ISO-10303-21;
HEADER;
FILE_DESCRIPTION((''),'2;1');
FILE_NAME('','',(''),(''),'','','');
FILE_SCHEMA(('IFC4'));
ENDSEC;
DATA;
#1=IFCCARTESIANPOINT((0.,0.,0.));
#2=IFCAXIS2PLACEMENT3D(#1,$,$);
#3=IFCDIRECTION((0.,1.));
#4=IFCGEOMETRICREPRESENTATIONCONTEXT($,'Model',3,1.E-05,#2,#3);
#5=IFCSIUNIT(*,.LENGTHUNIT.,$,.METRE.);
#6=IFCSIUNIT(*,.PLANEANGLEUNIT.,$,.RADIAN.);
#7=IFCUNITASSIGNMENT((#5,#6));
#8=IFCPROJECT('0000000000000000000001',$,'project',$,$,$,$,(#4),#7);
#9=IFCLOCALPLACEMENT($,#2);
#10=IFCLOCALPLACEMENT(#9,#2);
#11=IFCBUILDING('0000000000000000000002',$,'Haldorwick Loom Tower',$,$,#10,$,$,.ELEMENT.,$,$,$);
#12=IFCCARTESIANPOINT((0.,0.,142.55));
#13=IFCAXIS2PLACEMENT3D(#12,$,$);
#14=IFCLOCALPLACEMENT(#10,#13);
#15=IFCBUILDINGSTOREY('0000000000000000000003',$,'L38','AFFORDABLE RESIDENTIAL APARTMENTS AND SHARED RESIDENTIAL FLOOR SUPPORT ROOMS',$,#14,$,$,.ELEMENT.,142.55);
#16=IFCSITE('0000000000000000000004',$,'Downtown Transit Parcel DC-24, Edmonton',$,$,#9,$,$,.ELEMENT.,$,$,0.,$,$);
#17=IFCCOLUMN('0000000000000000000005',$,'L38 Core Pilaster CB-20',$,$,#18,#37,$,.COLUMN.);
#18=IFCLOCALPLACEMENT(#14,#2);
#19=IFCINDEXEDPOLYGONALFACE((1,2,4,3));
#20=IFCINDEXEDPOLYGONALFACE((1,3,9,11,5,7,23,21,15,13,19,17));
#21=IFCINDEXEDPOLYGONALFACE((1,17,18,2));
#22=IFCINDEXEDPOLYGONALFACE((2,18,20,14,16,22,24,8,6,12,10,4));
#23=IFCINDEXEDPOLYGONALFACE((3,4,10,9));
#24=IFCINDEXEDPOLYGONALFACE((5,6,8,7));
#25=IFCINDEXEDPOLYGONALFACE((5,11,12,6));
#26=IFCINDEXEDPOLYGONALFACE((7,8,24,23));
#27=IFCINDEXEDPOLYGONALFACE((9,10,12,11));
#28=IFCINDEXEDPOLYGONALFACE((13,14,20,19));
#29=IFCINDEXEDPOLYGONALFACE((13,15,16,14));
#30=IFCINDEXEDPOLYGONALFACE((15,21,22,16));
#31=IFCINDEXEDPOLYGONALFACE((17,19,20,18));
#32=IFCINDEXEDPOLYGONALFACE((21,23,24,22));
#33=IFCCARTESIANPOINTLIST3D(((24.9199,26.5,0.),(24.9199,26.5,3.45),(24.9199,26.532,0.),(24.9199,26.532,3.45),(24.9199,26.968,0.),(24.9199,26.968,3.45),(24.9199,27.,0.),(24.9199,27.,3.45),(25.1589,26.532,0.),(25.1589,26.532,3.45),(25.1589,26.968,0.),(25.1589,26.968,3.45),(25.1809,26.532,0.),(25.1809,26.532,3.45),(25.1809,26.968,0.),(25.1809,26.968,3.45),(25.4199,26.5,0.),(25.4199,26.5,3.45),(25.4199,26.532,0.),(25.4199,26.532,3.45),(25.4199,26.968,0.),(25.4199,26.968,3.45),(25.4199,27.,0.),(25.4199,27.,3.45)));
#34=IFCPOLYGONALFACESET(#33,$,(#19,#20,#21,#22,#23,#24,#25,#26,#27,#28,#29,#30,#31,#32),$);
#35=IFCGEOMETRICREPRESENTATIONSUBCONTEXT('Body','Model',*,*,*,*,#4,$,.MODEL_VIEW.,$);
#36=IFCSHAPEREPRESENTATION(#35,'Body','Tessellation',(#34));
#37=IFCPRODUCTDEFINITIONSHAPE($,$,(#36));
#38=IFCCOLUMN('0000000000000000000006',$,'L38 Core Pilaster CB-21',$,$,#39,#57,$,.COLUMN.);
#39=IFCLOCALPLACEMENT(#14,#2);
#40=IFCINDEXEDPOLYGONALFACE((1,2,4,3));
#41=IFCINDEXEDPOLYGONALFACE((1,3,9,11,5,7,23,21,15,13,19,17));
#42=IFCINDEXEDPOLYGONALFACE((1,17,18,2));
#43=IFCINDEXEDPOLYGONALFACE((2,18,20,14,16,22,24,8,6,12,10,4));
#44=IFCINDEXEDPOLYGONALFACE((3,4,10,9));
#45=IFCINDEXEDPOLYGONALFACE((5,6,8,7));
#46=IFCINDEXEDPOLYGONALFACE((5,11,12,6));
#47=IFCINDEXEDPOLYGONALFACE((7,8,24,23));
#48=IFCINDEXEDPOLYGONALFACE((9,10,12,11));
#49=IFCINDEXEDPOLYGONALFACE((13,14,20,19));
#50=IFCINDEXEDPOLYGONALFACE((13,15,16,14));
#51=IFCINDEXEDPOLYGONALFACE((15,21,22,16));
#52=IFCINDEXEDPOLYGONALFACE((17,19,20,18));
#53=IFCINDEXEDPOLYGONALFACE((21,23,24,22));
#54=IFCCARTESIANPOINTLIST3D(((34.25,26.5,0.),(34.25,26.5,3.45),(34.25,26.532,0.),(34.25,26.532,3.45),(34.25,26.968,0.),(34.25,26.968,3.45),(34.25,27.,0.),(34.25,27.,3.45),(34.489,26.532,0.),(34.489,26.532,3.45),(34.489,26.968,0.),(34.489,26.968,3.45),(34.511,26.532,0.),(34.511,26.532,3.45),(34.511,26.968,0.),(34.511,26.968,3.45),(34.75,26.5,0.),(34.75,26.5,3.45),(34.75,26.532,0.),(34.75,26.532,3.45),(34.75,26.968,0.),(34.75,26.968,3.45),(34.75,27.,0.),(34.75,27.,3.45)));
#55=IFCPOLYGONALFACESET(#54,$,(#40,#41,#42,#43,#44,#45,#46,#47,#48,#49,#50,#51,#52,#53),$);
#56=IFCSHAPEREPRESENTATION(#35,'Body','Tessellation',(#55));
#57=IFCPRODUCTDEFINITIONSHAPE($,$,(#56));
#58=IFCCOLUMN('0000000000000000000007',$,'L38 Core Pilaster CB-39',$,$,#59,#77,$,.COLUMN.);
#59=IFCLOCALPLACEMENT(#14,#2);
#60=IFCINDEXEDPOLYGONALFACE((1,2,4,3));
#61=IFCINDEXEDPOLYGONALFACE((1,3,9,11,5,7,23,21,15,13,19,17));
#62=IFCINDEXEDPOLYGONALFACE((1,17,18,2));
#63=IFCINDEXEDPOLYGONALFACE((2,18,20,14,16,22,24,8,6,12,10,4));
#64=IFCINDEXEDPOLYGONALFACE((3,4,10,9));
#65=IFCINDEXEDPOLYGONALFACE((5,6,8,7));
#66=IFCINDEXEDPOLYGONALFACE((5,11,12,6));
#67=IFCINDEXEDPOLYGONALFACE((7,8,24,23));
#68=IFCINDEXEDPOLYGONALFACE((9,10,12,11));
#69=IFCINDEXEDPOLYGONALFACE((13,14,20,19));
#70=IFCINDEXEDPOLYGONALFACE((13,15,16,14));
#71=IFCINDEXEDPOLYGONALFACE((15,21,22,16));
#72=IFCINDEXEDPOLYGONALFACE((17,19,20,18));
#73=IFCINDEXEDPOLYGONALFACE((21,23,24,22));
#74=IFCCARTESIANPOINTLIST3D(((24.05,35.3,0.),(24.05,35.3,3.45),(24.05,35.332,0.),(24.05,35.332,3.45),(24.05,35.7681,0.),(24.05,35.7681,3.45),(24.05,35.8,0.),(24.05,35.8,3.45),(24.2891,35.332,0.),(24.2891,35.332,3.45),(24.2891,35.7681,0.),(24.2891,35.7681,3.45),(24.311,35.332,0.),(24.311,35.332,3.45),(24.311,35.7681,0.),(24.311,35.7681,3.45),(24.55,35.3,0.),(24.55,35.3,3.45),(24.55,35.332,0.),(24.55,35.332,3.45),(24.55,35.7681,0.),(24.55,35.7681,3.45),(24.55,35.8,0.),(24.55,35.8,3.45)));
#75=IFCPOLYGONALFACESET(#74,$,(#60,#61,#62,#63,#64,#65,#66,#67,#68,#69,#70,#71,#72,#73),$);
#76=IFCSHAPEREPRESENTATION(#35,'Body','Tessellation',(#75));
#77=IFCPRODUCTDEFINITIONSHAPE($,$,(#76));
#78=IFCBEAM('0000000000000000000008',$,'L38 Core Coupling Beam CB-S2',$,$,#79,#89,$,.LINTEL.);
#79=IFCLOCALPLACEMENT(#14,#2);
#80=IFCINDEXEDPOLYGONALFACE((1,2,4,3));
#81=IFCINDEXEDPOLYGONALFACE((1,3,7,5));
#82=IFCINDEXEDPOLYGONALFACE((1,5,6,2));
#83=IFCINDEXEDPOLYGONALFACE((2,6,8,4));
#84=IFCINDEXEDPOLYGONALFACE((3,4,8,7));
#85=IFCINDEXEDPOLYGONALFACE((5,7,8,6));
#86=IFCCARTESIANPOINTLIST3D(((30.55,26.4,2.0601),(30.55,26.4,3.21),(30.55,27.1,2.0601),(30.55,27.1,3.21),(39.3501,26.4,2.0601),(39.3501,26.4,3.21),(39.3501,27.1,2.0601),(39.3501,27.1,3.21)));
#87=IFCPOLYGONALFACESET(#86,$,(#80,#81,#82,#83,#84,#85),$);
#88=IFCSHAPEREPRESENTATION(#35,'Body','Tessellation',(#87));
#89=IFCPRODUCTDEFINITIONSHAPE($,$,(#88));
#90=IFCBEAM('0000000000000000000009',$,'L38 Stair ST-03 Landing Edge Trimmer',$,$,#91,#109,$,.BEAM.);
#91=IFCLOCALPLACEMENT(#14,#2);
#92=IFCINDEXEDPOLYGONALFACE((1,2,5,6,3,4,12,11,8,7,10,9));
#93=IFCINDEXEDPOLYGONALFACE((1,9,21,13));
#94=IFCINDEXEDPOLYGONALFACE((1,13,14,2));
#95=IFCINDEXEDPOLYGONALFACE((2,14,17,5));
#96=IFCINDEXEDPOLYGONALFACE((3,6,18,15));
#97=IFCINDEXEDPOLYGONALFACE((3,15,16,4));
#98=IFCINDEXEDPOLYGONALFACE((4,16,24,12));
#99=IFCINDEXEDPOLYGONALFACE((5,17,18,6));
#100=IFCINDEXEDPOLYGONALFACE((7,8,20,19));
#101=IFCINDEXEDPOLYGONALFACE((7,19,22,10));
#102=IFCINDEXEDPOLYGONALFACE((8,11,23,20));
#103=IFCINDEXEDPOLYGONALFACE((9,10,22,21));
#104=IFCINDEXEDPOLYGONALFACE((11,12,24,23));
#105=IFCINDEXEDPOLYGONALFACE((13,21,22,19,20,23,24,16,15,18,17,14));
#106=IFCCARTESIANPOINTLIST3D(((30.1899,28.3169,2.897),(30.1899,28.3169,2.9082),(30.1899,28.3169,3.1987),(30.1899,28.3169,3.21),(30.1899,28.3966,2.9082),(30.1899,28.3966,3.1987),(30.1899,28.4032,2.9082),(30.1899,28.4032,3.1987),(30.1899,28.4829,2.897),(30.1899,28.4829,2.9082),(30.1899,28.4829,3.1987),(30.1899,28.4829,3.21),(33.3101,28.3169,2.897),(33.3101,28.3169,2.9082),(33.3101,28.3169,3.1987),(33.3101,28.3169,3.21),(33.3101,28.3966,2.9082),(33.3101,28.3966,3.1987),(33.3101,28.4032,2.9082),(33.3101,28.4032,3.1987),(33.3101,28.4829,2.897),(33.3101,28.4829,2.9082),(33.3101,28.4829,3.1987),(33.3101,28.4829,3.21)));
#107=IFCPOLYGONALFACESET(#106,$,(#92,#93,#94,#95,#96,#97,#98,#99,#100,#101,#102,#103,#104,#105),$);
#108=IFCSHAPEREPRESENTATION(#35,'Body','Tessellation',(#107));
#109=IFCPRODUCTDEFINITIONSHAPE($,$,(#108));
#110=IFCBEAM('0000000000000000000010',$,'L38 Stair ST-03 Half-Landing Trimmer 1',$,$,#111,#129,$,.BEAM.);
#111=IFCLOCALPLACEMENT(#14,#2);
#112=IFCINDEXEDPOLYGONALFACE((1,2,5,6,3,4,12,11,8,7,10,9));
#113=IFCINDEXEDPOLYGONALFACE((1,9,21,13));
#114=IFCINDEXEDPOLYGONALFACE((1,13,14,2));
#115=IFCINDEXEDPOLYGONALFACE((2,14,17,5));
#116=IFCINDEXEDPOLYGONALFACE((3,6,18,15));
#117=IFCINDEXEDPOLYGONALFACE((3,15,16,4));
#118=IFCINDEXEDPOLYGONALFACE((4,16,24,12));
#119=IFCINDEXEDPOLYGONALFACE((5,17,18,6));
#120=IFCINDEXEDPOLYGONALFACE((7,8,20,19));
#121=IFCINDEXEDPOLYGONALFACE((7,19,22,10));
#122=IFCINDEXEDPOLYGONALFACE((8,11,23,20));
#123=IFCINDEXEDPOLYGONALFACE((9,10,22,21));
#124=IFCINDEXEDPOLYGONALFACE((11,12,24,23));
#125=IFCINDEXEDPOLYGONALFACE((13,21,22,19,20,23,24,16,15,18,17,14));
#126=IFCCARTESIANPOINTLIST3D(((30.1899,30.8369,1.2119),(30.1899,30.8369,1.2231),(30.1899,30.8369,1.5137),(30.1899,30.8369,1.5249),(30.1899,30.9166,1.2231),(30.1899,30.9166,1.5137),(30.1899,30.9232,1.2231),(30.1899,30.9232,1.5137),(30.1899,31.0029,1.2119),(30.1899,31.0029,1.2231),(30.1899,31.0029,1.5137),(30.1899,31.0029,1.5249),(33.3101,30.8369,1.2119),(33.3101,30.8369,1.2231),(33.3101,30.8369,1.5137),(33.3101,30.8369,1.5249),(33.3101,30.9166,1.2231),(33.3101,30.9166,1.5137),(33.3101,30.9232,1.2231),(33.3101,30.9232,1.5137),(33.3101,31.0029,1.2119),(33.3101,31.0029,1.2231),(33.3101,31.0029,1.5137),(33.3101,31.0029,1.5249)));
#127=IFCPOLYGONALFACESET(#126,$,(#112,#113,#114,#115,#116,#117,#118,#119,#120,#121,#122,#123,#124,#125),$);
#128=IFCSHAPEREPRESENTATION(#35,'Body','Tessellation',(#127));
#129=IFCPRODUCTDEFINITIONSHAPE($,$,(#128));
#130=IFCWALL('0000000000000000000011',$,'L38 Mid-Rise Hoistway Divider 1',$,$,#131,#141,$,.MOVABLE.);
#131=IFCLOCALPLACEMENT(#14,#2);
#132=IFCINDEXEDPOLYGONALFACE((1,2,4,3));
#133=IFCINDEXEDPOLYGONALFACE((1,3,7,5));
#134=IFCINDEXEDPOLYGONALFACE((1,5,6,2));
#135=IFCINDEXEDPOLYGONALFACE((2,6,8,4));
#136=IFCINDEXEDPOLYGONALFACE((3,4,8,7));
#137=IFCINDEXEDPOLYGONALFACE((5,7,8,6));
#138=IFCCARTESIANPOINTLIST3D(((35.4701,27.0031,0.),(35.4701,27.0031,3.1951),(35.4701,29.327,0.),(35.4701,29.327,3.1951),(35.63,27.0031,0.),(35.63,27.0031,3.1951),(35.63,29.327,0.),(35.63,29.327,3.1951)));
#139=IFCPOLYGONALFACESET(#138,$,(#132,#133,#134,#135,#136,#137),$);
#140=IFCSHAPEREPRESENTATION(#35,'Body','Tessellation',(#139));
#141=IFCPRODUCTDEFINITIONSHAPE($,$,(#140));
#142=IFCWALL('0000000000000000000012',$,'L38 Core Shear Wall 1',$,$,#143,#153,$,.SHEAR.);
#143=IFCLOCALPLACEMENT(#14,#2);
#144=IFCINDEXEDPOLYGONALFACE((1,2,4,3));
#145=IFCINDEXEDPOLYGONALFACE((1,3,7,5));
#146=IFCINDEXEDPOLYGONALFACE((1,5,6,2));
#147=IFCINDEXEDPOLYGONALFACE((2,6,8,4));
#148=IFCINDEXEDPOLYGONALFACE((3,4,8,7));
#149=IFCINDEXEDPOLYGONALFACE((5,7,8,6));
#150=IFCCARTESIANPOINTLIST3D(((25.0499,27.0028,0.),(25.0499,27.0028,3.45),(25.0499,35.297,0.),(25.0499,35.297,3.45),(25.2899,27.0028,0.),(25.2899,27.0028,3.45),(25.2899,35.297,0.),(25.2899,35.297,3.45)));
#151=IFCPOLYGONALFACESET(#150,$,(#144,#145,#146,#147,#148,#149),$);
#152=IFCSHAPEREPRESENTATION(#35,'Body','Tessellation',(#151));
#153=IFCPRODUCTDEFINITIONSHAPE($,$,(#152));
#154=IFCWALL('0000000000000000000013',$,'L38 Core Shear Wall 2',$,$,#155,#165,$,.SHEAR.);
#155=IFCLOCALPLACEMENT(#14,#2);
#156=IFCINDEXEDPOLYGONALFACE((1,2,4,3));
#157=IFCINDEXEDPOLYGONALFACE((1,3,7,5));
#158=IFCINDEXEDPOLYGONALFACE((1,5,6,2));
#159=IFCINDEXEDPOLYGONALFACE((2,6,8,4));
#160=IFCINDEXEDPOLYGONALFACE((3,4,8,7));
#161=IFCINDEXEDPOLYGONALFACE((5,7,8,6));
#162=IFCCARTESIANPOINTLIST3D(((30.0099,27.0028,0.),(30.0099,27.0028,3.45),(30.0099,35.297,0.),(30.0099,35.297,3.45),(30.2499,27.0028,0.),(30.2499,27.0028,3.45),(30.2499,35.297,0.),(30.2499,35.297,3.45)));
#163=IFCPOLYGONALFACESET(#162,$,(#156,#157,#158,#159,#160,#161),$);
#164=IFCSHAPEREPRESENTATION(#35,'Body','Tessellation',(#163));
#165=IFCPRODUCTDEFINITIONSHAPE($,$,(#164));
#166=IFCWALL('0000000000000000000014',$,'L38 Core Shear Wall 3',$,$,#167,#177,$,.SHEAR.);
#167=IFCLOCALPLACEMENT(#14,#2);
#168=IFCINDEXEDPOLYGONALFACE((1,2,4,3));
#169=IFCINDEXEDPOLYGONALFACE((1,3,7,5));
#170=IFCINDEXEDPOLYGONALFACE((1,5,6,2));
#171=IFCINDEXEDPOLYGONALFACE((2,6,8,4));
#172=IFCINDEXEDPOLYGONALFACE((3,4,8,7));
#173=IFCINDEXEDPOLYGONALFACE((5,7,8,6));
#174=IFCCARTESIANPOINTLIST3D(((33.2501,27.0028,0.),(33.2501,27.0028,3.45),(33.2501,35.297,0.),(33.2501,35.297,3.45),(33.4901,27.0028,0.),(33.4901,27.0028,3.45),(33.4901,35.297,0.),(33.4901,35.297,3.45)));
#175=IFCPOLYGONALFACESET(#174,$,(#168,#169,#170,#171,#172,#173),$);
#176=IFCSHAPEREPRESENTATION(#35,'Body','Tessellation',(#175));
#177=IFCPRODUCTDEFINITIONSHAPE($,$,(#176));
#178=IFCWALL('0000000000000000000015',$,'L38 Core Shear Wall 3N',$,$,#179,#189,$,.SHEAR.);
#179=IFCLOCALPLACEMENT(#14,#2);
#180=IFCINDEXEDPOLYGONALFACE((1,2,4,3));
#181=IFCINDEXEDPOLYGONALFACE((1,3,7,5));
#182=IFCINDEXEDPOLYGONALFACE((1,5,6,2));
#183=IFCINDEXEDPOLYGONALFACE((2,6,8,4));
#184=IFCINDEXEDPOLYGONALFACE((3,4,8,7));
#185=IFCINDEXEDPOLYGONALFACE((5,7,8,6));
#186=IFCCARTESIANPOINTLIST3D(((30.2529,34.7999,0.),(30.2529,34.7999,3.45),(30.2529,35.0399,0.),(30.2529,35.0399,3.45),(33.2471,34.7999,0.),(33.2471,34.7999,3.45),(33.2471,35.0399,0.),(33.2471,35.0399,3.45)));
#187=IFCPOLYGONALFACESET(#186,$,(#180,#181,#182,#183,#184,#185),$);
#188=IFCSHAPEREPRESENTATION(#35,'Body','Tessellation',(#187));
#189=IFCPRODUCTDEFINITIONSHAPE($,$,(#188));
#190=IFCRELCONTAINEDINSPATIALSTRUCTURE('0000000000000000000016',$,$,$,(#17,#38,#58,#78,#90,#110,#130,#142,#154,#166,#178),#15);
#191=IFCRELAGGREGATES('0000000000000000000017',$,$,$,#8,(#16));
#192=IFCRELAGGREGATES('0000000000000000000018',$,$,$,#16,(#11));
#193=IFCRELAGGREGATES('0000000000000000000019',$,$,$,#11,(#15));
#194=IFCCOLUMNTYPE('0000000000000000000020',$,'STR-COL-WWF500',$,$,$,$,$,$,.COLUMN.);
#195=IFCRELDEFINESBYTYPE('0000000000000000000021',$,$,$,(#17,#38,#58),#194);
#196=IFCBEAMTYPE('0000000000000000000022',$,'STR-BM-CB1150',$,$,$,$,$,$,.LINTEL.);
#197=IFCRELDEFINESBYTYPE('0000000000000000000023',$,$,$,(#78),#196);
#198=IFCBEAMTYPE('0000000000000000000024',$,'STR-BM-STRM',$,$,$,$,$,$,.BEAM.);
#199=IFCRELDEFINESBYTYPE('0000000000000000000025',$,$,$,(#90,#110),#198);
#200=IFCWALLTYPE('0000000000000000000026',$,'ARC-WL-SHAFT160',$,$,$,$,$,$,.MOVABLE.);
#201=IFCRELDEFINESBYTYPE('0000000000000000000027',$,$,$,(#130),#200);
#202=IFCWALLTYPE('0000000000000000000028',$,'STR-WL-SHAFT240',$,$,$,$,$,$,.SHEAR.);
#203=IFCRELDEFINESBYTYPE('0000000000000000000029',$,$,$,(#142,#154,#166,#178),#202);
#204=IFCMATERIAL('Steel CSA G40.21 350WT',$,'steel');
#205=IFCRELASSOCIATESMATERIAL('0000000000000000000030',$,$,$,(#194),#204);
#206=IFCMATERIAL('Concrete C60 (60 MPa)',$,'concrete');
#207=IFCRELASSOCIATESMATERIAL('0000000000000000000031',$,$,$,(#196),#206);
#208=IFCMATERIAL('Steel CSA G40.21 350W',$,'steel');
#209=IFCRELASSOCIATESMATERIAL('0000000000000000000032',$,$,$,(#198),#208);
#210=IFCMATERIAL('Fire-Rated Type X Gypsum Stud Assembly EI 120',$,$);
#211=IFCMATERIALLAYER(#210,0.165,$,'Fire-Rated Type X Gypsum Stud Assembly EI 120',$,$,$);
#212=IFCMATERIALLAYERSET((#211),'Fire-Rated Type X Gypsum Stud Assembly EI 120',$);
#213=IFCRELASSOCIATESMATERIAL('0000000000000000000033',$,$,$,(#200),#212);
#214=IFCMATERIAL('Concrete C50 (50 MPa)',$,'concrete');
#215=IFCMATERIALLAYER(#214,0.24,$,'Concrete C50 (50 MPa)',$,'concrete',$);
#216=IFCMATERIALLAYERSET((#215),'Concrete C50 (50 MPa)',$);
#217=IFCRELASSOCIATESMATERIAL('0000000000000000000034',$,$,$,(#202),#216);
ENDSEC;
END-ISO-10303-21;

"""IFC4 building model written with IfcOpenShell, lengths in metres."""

from ifc_helpers import new_model, si_unit, direction, frame, frame_2d, origin, origin_2d, place, context, subcontext, project, spatial, rectangle, i_section, extrude, material, layer, layer_set, material_profile, profile_set, type_object, element, save


model = new_model("IFC4")

# Units and contexts
model_context = context("Model", 3, precision=1e-05, world=origin(), true_north=direction((0.0, 1.0)))
body_context = subcontext(model_context, "Body", "Model", "MODEL_VIEW")
ifc_project = project(units=[si_unit("LENGTHUNIT", "METRE"), si_unit("PLANEANGLEUNIT", "RADIAN")], contexts=[model_context])

# Site, building, storey
site_placement = place(None, origin())
site = spatial("IfcSite", under=ifc_project, at=site_placement, Name="Downtown Transit Parcel DC-24, Edmonton", CompositionType="ELEMENT", RefElevation=0.0)
building_placement = place(site_placement, origin())
building = spatial("IfcBuilding", under=site, at=building_placement, Name="Haldorwick Loom Tower", CompositionType="ELEMENT")
storey_placement = place(building_placement, frame((0.0, 0.0, 142.55)))
storey = spatial("IfcBuildingStorey", under=building, at=storey_placement, Name="L38", Description="AFFORDABLE RESIDENTIAL APARTMENTS AND SHARED RESIDENTIAL FLOOR SUPPORT ROOMS", CompositionType="ELEMENT", Elevation=142.55)

# Columns
ifc_material_1 = material(Name="Steel CSA G40.21 350WT", Category="steel")
ifc_material_profile_1 = material_profile(ifc_material_1, i_section(OverallWidth=0.5, OverallDepth=0.5, WebThickness=0.022, FlangeThickness=0.032, at=origin_2d()), Name="WWF500X500", Category="steel")
ifc_profile_set_1 = profile_set([ifc_material_profile_1], Name="Steel CSA G40.21 350WT")
column_type = type_object("IfcColumnType", Name="STR-COL-WWF500", PredefinedType="COLUMN", material=ifc_profile_set_1)
for number, where, z_axis, x_axis, name in (
    (1, (25.1699, 26.75, 0.0), (0.0, 0.0, 1.0), (1.0, 0.0, 0.0), "L38 Core Pilaster CB-20"),
    (2, (34.5, 26.75, 0.0), (0.0, 0.0, 1.0), (1.0, 0.0, 0.0), "L38 Core Pilaster CB-21"),
    (3, (24.3, 35.55, 0.0), (0.0, 0.0, 1.0), (1.0, 0.0, 0.0), "L38 Core Pilaster CB-39"),
):
    element("IfcColumn", number, at=place(storey_placement, frame(where, z_axis=z_axis, x_axis=x_axis)), inside=storey, type_object=column_type, Name=name, PredefinedType="COLUMN", context=body_context, shape_type="SweptSolid", body=[
        extrude(i_section(OverallWidth=0.5, OverallDepth=0.5, WebThickness=0.022, FlangeThickness=0.032, at=origin_2d()), origin(), (0.0, 0.0, 1.0), 3.45),
    ])

# Beams
ifc_material_2 = material(Name="Concrete C60 (60 MPa)", Category="concrete")
ifc_material_profile_2 = material_profile(ifc_material_2, rectangle(XDim=0.7, YDim=1.1499, at=origin_2d()), Name="RC700X1150", Category="concrete")
ifc_profile_set_2 = profile_set([ifc_material_profile_2], Name="Concrete C60 (60 MPa)")
beam_type_1 = type_object("IfcBeamType", Name="STR-BM-CB1150", PredefinedType="LINTEL", material=ifc_profile_set_2)
beam_placement = place(storey_placement, frame((30.55, 26.75, 2.635), z_axis=(1.0, 0.0, 0.0), x_axis=(0.0, 1.0, 0.0)))
element("IfcBeam", 4, at=beam_placement, inside=storey, type_object=beam_type_1, Name="L38 Core Coupling Beam CB-S2", PredefinedType="LINTEL", context=body_context, shape_type="SweptSolid", body=[
    extrude(rectangle(XDim=0.7, YDim=1.1499, at=origin_2d()), origin(), (0.0, 0.0, 1.0), 8.8),
])
ifc_material_3 = material(Name="Steel CSA G40.21 350W", Category="steel")
ifc_material_profile_3 = material_profile(ifc_material_3, i_section(OverallWidth=0.166, OverallDepth=0.313, WebThickness=0.0066, FlangeThickness=0.0112, at=origin_2d()), Name="W310X45", Category="steel")
ifc_profile_set_3 = profile_set([ifc_material_profile_3], Name="Steel CSA G40.21 350W")
beam_type_2 = type_object("IfcBeamType", Name="STR-BM-STRM", PredefinedType="BEAM", material=ifc_profile_set_3)
for number, where, z_axis, x_axis, name in (
    (5, (30.1899, 28.3999, 3.0535), (1.0, 0.0, 0.0), (0.0, 1.0, 0.0), "L38 Stair ST-03 Landing Edge Trimmer"),
    (6, (30.1899, 30.9199, 1.3684), (1.0, 0.0, 0.0), (0.0, 1.0, 0.0), "L38 Stair ST-03 Half-Landing Trimmer 1"),
):
    element("IfcBeam", number, at=place(storey_placement, frame(where, z_axis=z_axis, x_axis=x_axis)), inside=storey, type_object=beam_type_2, Name=name, PredefinedType="BEAM", context=body_context, shape_type="SweptSolid", body=[
        extrude(i_section(OverallWidth=0.166, OverallDepth=0.313, WebThickness=0.0066, FlangeThickness=0.0112, at=origin_2d()), origin(), (0.0, 0.0, 1.0), 3.1201),
    ])

# Walls
ifc_material_4 = material(Name="Fire-Rated Type X Gypsum Stud Assembly EI 120")
ifc_layer_1 = layer(ifc_material_4, 0.165, Name="Fire-Rated Type X Gypsum Stud Assembly EI 120")
ifc_layer_set_1 = layer_set([ifc_layer_1], Name="Fire-Rated Type X Gypsum Stud Assembly EI 120")
wall_type_1 = type_object("IfcWallType", Name="ARC-WL-SHAFT160", PredefinedType="MOVABLE", material=ifc_layer_set_1)
wall_1_placement = place(storey_placement, frame((35.55, 27.0029, 0.0), z_axis=(0.0, 0.0, 1.0), x_axis=(0.0, 1.0, 0.0)))
element("IfcWall", 7, at=wall_1_placement, inside=storey, type_object=wall_type_1, Name="L38 Mid-Rise Hoistway Divider 1", PredefinedType="MOVABLE", context=body_context, shape_type="SweptSolid", body=[
    extrude(rectangle(XDim=2.324, YDim=0.1599, at=frame_2d((1.1621, 0.0))), origin(), (0.0, 0.0, 1.0), 3.1951),
])
ifc_material_5 = material(Name="Concrete C50 (50 MPa)", Category="concrete")
ifc_layer_2 = layer(ifc_material_5, 0.24, Name="Concrete C50 (50 MPa)", Category="concrete")
ifc_layer_set_2 = layer_set([ifc_layer_2], Name="Concrete C50 (50 MPa)")
wall_type_2 = type_object("IfcWallType", Name="STR-WL-SHAFT240", PredefinedType="SHEAR", material=ifc_layer_set_2)
for number, where, z_axis, x_axis, name in (
    (8, (25.1699, 27.0029, 0.0), (0.0, 0.0, 1.0), (0.0, 1.0, 0.0), "L38 Core Shear Wall 1"),
    (9, (30.1299, 27.0029, 0.0), (0.0, 0.0, 1.0), (0.0, 1.0, 0.0), "L38 Core Shear Wall 2"),
    (10, (33.3701, 27.0029, 0.0), (0.0, 0.0, 1.0), (0.0, 1.0, 0.0), "L38 Core Shear Wall 3"),
):
    element("IfcWall", number, at=place(storey_placement, frame(where, z_axis=z_axis, x_axis=x_axis)), inside=storey, type_object=wall_type_2, Name=name, PredefinedType="SHEAR", context=body_context, shape_type="SweptSolid", body=[
        extrude(rectangle(XDim=8.2942, YDim=0.24, at=frame_2d((4.147, 0.0))), origin(), (0.0, 0.0, 1.0), 3.45),
    ])
wall_2_placement = place(storey_placement, frame((30.2529, 34.9199, 0.0), z_axis=(0.0, 0.0, 1.0), x_axis=(1.0, 0.0, 0.0)))
element("IfcWall", 11, at=wall_2_placement, inside=storey, type_object=wall_type_2, Name="L38 Core Shear Wall 3N", PredefinedType="SHEAR", context=body_context, shape_type="SweptSolid", body=[
    extrude(rectangle(XDim=2.9941, YDim=0.24, at=frame_2d((1.4971, 0.0))), origin(), (0.0, 0.0, 1.0), 3.45),
])

save(model, "model.ifc")
